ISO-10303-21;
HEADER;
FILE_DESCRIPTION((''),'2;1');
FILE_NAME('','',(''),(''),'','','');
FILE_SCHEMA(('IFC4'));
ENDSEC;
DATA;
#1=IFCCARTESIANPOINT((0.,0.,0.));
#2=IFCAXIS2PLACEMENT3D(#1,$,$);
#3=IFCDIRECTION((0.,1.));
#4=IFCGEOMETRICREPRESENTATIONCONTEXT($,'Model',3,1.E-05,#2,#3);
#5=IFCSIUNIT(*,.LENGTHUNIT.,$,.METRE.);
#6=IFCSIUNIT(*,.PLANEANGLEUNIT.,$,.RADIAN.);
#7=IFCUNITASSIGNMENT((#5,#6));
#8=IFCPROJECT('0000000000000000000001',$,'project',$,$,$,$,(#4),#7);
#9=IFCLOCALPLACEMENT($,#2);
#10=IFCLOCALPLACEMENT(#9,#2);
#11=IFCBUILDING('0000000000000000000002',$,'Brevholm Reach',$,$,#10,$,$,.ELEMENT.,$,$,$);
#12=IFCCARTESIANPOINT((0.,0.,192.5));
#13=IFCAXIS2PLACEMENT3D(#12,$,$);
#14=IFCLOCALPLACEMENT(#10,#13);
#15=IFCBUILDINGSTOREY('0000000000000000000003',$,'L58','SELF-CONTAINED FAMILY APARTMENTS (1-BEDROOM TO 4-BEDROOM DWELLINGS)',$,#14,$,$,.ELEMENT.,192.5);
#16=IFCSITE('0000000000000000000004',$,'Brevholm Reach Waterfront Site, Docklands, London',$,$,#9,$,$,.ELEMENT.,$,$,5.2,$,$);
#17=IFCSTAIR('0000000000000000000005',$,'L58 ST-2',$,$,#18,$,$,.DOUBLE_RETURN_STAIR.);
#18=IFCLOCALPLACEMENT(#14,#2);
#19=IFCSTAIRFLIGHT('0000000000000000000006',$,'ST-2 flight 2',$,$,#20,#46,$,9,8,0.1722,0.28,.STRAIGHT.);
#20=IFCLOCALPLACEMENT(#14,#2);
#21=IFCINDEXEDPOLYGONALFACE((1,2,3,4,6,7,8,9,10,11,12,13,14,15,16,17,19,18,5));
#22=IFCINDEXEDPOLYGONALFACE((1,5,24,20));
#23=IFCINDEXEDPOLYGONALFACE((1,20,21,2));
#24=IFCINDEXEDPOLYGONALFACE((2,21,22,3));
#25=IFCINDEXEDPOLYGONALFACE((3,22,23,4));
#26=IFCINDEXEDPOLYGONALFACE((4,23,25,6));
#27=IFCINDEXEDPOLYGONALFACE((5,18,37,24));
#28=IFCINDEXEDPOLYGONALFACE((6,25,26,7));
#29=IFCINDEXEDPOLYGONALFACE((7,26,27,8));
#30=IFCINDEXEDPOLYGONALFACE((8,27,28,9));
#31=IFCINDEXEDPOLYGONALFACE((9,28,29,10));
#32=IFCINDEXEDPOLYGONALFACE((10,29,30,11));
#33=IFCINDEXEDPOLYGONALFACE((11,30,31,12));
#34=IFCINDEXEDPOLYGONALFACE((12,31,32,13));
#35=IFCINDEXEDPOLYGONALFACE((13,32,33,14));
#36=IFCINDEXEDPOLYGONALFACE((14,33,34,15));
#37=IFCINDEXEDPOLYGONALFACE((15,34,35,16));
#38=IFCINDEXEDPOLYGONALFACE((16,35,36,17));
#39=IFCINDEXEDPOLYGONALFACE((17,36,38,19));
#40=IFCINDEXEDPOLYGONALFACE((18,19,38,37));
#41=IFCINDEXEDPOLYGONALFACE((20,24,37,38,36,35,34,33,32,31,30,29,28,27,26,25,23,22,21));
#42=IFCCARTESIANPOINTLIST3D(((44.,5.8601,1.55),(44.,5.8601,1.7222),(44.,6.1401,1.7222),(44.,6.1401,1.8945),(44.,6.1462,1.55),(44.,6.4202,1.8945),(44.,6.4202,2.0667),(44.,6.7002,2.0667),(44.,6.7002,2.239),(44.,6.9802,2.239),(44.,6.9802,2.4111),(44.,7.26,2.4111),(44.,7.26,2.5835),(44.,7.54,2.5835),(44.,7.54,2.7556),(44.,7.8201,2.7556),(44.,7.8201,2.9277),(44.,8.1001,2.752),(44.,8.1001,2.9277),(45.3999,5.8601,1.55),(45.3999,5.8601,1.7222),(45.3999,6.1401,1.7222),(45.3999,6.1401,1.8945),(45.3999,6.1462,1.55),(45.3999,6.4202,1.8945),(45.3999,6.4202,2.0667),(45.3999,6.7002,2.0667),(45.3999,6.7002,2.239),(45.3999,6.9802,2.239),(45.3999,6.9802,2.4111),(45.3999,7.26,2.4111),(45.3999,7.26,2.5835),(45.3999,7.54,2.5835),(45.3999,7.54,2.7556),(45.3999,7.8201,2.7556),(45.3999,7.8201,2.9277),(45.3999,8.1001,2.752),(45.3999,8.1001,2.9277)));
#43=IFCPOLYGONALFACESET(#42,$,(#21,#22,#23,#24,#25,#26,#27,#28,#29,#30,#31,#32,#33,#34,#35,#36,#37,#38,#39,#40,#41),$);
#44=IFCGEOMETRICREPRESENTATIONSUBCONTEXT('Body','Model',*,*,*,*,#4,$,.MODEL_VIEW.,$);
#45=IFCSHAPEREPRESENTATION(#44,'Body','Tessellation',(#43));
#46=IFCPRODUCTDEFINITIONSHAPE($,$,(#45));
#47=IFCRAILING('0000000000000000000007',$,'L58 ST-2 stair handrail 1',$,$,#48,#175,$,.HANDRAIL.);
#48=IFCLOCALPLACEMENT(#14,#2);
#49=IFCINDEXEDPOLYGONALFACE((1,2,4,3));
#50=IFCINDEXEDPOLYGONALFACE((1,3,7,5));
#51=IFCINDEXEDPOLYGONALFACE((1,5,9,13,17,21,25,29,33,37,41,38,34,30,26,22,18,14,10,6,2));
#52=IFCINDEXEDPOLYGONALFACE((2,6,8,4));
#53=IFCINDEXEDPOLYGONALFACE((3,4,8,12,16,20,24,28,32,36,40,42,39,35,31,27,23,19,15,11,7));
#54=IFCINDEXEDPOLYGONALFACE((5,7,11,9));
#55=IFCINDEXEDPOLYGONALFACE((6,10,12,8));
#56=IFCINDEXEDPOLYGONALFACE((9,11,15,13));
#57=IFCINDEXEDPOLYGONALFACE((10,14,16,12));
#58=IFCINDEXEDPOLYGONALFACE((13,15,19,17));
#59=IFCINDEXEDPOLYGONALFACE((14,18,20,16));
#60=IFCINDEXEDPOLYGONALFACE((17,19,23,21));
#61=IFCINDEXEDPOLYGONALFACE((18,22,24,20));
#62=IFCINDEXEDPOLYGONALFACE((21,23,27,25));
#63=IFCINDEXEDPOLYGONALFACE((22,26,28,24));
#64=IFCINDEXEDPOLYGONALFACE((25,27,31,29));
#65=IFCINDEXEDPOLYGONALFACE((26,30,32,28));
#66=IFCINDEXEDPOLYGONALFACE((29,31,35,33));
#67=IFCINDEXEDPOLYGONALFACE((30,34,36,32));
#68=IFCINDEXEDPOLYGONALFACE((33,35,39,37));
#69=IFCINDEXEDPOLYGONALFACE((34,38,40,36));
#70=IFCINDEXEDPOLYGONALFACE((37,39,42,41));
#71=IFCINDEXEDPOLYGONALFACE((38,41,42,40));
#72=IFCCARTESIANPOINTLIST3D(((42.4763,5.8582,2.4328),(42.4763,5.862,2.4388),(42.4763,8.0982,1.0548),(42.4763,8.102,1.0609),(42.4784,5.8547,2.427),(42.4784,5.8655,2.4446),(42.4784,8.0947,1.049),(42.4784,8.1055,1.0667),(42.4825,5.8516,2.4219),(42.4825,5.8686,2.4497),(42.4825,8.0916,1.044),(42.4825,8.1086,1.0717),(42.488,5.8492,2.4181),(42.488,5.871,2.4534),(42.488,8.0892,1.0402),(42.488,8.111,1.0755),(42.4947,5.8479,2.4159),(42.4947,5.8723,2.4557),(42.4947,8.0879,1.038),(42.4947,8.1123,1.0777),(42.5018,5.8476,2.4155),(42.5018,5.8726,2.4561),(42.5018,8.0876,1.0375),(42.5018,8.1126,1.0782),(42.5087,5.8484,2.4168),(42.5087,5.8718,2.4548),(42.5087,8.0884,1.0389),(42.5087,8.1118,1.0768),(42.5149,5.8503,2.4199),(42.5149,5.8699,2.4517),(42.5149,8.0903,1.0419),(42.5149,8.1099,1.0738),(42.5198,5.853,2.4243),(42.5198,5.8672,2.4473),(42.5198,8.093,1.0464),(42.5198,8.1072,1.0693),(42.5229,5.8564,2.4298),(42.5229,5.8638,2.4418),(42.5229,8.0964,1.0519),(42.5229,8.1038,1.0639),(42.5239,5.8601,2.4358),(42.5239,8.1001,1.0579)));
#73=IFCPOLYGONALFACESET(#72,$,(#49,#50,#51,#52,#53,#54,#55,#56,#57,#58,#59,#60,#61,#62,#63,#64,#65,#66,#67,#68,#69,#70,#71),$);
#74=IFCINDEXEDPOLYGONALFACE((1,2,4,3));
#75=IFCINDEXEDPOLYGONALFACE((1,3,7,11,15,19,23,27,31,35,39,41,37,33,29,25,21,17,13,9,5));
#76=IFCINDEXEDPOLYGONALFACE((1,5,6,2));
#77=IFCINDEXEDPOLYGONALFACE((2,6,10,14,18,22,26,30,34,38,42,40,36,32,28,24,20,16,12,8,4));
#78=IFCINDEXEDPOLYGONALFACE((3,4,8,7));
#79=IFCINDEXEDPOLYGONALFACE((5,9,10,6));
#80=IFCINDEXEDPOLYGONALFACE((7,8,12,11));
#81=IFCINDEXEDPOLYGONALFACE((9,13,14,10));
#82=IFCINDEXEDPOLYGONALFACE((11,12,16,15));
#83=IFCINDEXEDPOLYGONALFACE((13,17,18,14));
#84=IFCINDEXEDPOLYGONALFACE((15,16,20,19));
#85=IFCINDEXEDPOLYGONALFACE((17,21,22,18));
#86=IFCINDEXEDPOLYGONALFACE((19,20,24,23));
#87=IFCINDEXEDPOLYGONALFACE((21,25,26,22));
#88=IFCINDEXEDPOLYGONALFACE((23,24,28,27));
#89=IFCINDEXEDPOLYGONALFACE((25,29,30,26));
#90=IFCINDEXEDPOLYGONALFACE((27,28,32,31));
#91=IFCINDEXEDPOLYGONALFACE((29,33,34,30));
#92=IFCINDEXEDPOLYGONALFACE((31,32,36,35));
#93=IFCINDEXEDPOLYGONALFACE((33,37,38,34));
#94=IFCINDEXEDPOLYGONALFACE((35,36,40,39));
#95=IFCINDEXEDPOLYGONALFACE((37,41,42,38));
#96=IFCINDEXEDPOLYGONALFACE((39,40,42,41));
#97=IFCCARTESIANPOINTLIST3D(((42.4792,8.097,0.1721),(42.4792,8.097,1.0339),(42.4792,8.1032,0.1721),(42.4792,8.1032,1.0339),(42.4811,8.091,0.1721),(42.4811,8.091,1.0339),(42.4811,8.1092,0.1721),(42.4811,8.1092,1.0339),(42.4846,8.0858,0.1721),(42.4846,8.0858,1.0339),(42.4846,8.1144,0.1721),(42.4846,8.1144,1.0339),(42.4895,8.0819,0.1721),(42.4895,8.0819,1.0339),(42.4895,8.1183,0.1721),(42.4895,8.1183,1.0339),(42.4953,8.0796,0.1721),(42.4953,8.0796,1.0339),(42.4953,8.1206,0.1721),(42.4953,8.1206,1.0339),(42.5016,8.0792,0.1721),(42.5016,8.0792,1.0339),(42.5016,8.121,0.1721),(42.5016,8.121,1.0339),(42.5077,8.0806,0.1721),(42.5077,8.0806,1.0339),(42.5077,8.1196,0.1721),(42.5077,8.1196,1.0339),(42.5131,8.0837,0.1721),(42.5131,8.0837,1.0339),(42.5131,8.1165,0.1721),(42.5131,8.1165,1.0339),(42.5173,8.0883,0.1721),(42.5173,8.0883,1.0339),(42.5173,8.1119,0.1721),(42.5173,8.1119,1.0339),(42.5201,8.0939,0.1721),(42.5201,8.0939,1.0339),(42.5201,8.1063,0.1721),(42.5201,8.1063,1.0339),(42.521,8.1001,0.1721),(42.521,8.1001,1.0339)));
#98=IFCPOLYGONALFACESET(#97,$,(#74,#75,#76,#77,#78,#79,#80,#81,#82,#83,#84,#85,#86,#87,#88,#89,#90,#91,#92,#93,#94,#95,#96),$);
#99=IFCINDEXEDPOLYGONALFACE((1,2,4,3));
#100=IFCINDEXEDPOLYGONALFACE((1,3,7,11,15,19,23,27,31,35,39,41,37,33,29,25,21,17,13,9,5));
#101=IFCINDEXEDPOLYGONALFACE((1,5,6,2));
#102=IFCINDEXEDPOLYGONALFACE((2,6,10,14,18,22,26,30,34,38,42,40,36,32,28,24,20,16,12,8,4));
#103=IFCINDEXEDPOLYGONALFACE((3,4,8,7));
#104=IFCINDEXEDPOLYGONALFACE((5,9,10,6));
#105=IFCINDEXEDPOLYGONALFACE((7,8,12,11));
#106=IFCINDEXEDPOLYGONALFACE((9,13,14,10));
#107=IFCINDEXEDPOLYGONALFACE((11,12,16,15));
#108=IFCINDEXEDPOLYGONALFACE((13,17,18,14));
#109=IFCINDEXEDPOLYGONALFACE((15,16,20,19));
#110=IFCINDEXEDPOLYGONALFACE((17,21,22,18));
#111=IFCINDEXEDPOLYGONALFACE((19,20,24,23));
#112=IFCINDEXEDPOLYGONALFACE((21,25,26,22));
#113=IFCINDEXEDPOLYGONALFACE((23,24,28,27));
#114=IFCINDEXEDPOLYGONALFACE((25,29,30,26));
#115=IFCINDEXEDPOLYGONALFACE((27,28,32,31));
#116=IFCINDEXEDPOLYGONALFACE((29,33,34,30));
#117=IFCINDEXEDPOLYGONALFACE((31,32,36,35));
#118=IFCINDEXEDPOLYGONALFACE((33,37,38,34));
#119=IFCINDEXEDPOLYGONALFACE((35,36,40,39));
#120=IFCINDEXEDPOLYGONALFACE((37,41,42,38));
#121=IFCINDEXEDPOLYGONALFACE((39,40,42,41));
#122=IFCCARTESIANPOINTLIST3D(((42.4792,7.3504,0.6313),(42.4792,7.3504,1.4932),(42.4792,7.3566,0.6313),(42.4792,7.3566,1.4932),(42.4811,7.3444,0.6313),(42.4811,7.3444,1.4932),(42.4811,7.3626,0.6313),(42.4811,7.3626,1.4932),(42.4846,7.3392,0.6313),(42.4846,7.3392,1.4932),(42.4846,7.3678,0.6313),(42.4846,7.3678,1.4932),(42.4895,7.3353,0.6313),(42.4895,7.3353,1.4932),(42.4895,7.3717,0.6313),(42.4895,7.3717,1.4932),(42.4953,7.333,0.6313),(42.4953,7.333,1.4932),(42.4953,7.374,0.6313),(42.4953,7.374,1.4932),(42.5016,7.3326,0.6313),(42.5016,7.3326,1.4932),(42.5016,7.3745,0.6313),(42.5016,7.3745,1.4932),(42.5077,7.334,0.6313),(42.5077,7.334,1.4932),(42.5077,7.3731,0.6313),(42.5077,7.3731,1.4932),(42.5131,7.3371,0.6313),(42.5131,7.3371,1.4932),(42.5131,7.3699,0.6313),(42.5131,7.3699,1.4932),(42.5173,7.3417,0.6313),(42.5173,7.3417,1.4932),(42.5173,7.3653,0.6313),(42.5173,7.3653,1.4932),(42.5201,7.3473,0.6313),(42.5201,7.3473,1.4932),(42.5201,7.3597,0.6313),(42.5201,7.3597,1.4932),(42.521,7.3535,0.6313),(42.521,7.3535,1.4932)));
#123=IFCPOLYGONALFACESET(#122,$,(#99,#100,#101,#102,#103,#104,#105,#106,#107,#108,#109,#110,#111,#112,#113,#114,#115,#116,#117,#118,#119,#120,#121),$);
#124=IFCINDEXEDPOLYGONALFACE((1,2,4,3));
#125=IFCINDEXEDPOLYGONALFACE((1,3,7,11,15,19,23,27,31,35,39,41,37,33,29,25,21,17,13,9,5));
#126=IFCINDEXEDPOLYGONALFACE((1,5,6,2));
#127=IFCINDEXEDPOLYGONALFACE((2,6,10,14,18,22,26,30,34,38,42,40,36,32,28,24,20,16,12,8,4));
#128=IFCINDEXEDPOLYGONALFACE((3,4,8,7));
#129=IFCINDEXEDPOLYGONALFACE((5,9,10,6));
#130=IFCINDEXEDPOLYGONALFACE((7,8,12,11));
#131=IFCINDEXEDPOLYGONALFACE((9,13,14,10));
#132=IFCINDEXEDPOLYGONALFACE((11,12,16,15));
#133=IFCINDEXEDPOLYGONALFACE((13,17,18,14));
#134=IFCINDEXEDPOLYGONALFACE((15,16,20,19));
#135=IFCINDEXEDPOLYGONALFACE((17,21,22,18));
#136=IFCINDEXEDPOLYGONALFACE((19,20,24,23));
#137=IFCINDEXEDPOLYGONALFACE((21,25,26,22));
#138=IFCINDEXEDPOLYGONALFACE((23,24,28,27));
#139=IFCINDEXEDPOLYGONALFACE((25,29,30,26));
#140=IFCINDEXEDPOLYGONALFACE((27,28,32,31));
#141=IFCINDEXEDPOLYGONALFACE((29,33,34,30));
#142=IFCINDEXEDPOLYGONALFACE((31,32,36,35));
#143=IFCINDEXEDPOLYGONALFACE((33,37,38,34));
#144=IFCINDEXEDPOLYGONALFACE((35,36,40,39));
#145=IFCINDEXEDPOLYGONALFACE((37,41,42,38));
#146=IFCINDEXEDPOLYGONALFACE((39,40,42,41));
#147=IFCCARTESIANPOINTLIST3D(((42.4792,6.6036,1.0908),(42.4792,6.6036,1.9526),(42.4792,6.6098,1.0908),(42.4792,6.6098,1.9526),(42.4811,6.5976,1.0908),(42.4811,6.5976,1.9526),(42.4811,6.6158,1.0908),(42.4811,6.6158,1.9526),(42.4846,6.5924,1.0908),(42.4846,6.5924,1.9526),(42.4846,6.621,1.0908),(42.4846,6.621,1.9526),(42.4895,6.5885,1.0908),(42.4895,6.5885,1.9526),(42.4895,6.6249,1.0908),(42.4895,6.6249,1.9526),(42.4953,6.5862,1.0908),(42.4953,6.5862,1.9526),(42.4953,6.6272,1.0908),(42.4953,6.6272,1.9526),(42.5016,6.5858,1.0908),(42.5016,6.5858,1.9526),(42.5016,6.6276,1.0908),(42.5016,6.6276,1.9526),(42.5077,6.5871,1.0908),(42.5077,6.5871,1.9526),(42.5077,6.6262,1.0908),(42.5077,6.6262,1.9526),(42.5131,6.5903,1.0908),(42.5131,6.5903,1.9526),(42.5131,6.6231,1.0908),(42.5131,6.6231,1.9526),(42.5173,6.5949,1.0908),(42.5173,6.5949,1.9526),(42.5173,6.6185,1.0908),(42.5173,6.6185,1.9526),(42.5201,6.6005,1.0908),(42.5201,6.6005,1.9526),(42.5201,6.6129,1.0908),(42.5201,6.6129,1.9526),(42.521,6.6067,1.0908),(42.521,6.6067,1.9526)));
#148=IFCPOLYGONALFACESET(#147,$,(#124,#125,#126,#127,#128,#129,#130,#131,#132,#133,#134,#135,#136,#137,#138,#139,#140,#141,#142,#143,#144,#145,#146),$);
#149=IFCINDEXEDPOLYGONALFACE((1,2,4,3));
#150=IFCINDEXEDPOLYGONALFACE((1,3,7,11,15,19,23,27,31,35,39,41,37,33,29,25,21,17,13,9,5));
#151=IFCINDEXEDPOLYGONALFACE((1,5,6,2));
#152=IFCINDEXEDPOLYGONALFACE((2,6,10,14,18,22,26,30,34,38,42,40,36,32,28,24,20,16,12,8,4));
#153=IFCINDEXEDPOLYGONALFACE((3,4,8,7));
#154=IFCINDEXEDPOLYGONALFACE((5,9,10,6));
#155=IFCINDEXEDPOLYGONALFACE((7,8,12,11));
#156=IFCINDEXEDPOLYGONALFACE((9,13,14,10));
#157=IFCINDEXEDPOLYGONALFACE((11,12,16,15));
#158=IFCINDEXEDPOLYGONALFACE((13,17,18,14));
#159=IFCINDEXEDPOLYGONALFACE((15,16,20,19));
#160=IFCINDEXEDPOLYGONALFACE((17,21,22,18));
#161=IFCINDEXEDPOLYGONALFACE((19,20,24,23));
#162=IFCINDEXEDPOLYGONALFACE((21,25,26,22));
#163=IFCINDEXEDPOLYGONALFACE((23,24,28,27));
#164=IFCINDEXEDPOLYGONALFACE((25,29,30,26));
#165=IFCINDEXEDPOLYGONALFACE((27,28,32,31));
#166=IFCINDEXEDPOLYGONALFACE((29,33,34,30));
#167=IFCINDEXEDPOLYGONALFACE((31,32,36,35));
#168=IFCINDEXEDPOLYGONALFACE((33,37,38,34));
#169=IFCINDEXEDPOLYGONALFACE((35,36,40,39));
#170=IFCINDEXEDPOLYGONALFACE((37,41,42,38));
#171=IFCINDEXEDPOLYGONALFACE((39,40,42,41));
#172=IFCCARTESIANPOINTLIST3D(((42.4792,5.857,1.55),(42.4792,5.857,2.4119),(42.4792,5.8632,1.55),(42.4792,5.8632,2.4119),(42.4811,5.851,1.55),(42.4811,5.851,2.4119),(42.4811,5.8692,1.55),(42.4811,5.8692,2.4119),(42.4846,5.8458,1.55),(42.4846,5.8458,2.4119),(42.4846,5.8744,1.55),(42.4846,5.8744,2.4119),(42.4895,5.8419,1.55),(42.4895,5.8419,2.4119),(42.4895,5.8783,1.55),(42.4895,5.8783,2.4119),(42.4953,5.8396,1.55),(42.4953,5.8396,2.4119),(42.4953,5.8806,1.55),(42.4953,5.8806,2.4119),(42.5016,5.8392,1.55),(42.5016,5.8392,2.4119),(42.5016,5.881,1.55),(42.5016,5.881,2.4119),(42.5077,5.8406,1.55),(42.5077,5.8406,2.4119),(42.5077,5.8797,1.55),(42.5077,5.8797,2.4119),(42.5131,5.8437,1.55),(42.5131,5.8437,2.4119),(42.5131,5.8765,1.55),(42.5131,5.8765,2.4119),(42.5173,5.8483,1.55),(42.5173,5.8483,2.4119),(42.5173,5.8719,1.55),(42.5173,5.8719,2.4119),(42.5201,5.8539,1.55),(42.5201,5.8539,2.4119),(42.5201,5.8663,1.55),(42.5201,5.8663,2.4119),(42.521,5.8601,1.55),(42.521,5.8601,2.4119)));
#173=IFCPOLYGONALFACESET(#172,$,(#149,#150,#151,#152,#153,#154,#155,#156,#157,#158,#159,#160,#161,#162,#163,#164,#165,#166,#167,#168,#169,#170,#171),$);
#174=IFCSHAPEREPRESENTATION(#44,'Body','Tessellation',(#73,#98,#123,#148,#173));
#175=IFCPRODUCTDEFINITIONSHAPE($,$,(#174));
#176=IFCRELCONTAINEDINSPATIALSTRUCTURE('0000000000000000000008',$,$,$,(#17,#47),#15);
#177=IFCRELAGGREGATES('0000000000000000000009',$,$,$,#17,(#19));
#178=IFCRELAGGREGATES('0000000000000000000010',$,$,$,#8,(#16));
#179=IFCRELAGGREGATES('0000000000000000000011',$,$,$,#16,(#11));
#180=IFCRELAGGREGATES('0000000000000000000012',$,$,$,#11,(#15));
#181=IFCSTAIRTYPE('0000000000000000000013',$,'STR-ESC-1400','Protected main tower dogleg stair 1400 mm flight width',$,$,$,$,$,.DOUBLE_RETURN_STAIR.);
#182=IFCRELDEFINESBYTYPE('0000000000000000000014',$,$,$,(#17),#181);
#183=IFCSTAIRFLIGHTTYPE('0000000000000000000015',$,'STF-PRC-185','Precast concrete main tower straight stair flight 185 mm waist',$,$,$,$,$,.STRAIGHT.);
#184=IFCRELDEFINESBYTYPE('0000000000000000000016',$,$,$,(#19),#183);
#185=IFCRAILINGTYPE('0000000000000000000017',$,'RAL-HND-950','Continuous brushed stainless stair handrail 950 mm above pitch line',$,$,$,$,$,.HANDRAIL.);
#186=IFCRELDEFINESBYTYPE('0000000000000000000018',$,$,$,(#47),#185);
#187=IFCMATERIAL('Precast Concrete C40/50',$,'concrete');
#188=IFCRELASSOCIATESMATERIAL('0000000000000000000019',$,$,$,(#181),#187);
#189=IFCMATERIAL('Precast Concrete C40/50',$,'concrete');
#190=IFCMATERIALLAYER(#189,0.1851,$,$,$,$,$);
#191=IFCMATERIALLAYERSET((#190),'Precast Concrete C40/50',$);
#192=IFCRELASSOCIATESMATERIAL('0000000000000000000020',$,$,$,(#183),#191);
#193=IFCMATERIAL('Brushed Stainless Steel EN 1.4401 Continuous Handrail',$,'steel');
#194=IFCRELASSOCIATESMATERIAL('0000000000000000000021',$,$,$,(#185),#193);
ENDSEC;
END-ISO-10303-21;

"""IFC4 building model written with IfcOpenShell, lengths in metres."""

from ifc_helpers import new_model, si_unit, direction, frame, origin, origin_2d, place, context, subcontext, project, spatial, polyline, circle, outline, extrude, material, layer, layer_set, type_object, element, aggregate, save


model = new_model("IFC4")

# Units and contexts
model_context = context("Model", 3, precision=1e-05, world=origin(), true_north=direction((0.0, 1.0)))
body_context = subcontext(model_context, "Body", "Model", "MODEL_VIEW")
ifc_project = project(units=[si_unit("LENGTHUNIT", "METRE"), si_unit("PLANEANGLEUNIT", "RADIAN")], contexts=[model_context])

# Site, building, storey
site_placement = place(None, origin())
site = spatial("IfcSite", under=ifc_project, at=site_placement, Name="Brevholm Reach Waterfront Site, Docklands, London", CompositionType="ELEMENT", RefElevation=5.2)
building_placement = place(site_placement, origin())
building = spatial("IfcBuilding", under=site, at=building_placement, Name="Brevholm Reach", CompositionType="ELEMENT")
storey_placement = place(building_placement, frame((0.0, 0.0, 192.5)))
storey = spatial("IfcBuildingStorey", under=building, at=storey_placement, Name="L58", Description="SELF-CONTAINED FAMILY APARTMENTS (1-BEDROOM TO 4-BEDROOM DWELLINGS)", CompositionType="ELEMENT", Elevation=192.5)

# Stair, stair flight
ifc_material_1 = material(Name="Precast Concrete C40/50", Category="concrete")
stair_type = type_object("IfcStairType", Name="STR-ESC-1400", Description="Protected main tower dogleg stair 1400 mm flight width", PredefinedType="DOUBLE_RETURN_STAIR", material=ifc_material_1)
stair_placement = place(storey_placement, origin())
stair = element("IfcStair", 1, at=stair_placement, inside=storey, type_object=stair_type, Name="L58 ST-2", PredefinedType="DOUBLE_RETURN_STAIR")
ifc_material_2 = material(Name="Precast Concrete C40/50", Category="concrete")
ifc_layer_1 = layer(ifc_material_2, 0.1851)
ifc_layer_set_1 = layer_set([ifc_layer_1], Name="Precast Concrete C40/50")
stair_flight_type = type_object("IfcStairFlightType", Name="STF-PRC-185", Description="Precast concrete main tower straight stair flight 185 mm waist", PredefinedType="STRAIGHT", material=ifc_layer_set_1)
stair_flight_1_placement = place(storey_placement, frame((44.7, 5.8601, 1.55), z_axis=(0.0, 0.0, 1.0), x_axis=(0.0, 1.0, 0.0)))
stair_flight_1 = element("IfcStairFlight", 2, at=stair_flight_1_placement, type_object=stair_flight_type, Name="ST-2 flight 2", NumberOfRisers=9, NumberOfTreads=8, PredefinedType="STRAIGHT", RiserHeight=0.1722, TreadLength=0.28, context=body_context, shape_type="SweptSolid", body=[
    extrude(outline(polyline([(0.0, 0.0), (0.0, 0.1721), (0.28, 0.1721), (0.28, 0.3445), (0.5601, 0.3445), (0.5601, 0.5166), (0.8401, 0.5166), (0.8401, 0.689), (1.1201, 0.689), (1.1201, 0.8611), (1.3999, 0.8611), (1.3999, 1.0334), (1.6799, 1.0334), (1.6799, 1.2056), (1.96, 1.2056), (1.96, 1.3777), (2.24, 1.3777), (2.24, 1.55), (2.24, 1.2019), (0.2861, 0.0), (0.0, 0.0)])), frame((0.0, 0.7, 0.0), z_axis=(0.0, -1.0, 0.0), x_axis=(1.0, 0.0, 0.0)), (0.0, 0.0, 1.0), 1.3999),
])
aggregate(stair, [stair_flight_1])

# Railing
ifc_material_3 = material(Name="Brushed Stainless Steel EN 1.4401 Continuous Handrail", Category="steel")
railing_type_1 = type_object("IfcRailingType", Name="RAL-HND-950", Description="Continuous brushed stainless stair handrail 950 mm above pitch line", PredefinedType="HANDRAIL", material=ifc_material_3)
railing_1_placement = place(storey_placement, frame((42.5, 8.1001, 0.1721)))
element("IfcRailing", 3, at=railing_1_placement, inside=storey, type_object=railing_type_1, Name="L58 ST-2 stair handrail 1", PredefinedType="HANDRAIL", context=body_context, shape_type="SweptSolid", body=[
    extrude(circle(Radius=0.0239, at=origin_2d()), frame((0.0, 0.0, 0.8857), z_axis=(0.0, -0.851748, 0.523952), x_axis=(1.0, 0.0, 0.0)), (0.0, 0.0, 1.0), 2.6299),
    extrude(circle(Radius=0.021, at=origin_2d()), origin(), (0.0, 0.0, 1.0), 0.8618),
    extrude(circle(Radius=0.021, at=origin_2d()), frame((0.0, -0.7466, 0.4592)), (0.0, 0.0, 1.0), 0.8618),
    extrude(circle(Radius=0.021, at=origin_2d()), frame((0.0, -1.4934, 0.9187)), (0.0, 0.0, 1.0), 0.8618),
    extrude(circle(Radius=0.021, at=origin_2d()), frame((0.0, -2.24, 1.3779)), (0.0, 0.0, 1.0), 0.8618),
])

save(model, "model.ifc")
